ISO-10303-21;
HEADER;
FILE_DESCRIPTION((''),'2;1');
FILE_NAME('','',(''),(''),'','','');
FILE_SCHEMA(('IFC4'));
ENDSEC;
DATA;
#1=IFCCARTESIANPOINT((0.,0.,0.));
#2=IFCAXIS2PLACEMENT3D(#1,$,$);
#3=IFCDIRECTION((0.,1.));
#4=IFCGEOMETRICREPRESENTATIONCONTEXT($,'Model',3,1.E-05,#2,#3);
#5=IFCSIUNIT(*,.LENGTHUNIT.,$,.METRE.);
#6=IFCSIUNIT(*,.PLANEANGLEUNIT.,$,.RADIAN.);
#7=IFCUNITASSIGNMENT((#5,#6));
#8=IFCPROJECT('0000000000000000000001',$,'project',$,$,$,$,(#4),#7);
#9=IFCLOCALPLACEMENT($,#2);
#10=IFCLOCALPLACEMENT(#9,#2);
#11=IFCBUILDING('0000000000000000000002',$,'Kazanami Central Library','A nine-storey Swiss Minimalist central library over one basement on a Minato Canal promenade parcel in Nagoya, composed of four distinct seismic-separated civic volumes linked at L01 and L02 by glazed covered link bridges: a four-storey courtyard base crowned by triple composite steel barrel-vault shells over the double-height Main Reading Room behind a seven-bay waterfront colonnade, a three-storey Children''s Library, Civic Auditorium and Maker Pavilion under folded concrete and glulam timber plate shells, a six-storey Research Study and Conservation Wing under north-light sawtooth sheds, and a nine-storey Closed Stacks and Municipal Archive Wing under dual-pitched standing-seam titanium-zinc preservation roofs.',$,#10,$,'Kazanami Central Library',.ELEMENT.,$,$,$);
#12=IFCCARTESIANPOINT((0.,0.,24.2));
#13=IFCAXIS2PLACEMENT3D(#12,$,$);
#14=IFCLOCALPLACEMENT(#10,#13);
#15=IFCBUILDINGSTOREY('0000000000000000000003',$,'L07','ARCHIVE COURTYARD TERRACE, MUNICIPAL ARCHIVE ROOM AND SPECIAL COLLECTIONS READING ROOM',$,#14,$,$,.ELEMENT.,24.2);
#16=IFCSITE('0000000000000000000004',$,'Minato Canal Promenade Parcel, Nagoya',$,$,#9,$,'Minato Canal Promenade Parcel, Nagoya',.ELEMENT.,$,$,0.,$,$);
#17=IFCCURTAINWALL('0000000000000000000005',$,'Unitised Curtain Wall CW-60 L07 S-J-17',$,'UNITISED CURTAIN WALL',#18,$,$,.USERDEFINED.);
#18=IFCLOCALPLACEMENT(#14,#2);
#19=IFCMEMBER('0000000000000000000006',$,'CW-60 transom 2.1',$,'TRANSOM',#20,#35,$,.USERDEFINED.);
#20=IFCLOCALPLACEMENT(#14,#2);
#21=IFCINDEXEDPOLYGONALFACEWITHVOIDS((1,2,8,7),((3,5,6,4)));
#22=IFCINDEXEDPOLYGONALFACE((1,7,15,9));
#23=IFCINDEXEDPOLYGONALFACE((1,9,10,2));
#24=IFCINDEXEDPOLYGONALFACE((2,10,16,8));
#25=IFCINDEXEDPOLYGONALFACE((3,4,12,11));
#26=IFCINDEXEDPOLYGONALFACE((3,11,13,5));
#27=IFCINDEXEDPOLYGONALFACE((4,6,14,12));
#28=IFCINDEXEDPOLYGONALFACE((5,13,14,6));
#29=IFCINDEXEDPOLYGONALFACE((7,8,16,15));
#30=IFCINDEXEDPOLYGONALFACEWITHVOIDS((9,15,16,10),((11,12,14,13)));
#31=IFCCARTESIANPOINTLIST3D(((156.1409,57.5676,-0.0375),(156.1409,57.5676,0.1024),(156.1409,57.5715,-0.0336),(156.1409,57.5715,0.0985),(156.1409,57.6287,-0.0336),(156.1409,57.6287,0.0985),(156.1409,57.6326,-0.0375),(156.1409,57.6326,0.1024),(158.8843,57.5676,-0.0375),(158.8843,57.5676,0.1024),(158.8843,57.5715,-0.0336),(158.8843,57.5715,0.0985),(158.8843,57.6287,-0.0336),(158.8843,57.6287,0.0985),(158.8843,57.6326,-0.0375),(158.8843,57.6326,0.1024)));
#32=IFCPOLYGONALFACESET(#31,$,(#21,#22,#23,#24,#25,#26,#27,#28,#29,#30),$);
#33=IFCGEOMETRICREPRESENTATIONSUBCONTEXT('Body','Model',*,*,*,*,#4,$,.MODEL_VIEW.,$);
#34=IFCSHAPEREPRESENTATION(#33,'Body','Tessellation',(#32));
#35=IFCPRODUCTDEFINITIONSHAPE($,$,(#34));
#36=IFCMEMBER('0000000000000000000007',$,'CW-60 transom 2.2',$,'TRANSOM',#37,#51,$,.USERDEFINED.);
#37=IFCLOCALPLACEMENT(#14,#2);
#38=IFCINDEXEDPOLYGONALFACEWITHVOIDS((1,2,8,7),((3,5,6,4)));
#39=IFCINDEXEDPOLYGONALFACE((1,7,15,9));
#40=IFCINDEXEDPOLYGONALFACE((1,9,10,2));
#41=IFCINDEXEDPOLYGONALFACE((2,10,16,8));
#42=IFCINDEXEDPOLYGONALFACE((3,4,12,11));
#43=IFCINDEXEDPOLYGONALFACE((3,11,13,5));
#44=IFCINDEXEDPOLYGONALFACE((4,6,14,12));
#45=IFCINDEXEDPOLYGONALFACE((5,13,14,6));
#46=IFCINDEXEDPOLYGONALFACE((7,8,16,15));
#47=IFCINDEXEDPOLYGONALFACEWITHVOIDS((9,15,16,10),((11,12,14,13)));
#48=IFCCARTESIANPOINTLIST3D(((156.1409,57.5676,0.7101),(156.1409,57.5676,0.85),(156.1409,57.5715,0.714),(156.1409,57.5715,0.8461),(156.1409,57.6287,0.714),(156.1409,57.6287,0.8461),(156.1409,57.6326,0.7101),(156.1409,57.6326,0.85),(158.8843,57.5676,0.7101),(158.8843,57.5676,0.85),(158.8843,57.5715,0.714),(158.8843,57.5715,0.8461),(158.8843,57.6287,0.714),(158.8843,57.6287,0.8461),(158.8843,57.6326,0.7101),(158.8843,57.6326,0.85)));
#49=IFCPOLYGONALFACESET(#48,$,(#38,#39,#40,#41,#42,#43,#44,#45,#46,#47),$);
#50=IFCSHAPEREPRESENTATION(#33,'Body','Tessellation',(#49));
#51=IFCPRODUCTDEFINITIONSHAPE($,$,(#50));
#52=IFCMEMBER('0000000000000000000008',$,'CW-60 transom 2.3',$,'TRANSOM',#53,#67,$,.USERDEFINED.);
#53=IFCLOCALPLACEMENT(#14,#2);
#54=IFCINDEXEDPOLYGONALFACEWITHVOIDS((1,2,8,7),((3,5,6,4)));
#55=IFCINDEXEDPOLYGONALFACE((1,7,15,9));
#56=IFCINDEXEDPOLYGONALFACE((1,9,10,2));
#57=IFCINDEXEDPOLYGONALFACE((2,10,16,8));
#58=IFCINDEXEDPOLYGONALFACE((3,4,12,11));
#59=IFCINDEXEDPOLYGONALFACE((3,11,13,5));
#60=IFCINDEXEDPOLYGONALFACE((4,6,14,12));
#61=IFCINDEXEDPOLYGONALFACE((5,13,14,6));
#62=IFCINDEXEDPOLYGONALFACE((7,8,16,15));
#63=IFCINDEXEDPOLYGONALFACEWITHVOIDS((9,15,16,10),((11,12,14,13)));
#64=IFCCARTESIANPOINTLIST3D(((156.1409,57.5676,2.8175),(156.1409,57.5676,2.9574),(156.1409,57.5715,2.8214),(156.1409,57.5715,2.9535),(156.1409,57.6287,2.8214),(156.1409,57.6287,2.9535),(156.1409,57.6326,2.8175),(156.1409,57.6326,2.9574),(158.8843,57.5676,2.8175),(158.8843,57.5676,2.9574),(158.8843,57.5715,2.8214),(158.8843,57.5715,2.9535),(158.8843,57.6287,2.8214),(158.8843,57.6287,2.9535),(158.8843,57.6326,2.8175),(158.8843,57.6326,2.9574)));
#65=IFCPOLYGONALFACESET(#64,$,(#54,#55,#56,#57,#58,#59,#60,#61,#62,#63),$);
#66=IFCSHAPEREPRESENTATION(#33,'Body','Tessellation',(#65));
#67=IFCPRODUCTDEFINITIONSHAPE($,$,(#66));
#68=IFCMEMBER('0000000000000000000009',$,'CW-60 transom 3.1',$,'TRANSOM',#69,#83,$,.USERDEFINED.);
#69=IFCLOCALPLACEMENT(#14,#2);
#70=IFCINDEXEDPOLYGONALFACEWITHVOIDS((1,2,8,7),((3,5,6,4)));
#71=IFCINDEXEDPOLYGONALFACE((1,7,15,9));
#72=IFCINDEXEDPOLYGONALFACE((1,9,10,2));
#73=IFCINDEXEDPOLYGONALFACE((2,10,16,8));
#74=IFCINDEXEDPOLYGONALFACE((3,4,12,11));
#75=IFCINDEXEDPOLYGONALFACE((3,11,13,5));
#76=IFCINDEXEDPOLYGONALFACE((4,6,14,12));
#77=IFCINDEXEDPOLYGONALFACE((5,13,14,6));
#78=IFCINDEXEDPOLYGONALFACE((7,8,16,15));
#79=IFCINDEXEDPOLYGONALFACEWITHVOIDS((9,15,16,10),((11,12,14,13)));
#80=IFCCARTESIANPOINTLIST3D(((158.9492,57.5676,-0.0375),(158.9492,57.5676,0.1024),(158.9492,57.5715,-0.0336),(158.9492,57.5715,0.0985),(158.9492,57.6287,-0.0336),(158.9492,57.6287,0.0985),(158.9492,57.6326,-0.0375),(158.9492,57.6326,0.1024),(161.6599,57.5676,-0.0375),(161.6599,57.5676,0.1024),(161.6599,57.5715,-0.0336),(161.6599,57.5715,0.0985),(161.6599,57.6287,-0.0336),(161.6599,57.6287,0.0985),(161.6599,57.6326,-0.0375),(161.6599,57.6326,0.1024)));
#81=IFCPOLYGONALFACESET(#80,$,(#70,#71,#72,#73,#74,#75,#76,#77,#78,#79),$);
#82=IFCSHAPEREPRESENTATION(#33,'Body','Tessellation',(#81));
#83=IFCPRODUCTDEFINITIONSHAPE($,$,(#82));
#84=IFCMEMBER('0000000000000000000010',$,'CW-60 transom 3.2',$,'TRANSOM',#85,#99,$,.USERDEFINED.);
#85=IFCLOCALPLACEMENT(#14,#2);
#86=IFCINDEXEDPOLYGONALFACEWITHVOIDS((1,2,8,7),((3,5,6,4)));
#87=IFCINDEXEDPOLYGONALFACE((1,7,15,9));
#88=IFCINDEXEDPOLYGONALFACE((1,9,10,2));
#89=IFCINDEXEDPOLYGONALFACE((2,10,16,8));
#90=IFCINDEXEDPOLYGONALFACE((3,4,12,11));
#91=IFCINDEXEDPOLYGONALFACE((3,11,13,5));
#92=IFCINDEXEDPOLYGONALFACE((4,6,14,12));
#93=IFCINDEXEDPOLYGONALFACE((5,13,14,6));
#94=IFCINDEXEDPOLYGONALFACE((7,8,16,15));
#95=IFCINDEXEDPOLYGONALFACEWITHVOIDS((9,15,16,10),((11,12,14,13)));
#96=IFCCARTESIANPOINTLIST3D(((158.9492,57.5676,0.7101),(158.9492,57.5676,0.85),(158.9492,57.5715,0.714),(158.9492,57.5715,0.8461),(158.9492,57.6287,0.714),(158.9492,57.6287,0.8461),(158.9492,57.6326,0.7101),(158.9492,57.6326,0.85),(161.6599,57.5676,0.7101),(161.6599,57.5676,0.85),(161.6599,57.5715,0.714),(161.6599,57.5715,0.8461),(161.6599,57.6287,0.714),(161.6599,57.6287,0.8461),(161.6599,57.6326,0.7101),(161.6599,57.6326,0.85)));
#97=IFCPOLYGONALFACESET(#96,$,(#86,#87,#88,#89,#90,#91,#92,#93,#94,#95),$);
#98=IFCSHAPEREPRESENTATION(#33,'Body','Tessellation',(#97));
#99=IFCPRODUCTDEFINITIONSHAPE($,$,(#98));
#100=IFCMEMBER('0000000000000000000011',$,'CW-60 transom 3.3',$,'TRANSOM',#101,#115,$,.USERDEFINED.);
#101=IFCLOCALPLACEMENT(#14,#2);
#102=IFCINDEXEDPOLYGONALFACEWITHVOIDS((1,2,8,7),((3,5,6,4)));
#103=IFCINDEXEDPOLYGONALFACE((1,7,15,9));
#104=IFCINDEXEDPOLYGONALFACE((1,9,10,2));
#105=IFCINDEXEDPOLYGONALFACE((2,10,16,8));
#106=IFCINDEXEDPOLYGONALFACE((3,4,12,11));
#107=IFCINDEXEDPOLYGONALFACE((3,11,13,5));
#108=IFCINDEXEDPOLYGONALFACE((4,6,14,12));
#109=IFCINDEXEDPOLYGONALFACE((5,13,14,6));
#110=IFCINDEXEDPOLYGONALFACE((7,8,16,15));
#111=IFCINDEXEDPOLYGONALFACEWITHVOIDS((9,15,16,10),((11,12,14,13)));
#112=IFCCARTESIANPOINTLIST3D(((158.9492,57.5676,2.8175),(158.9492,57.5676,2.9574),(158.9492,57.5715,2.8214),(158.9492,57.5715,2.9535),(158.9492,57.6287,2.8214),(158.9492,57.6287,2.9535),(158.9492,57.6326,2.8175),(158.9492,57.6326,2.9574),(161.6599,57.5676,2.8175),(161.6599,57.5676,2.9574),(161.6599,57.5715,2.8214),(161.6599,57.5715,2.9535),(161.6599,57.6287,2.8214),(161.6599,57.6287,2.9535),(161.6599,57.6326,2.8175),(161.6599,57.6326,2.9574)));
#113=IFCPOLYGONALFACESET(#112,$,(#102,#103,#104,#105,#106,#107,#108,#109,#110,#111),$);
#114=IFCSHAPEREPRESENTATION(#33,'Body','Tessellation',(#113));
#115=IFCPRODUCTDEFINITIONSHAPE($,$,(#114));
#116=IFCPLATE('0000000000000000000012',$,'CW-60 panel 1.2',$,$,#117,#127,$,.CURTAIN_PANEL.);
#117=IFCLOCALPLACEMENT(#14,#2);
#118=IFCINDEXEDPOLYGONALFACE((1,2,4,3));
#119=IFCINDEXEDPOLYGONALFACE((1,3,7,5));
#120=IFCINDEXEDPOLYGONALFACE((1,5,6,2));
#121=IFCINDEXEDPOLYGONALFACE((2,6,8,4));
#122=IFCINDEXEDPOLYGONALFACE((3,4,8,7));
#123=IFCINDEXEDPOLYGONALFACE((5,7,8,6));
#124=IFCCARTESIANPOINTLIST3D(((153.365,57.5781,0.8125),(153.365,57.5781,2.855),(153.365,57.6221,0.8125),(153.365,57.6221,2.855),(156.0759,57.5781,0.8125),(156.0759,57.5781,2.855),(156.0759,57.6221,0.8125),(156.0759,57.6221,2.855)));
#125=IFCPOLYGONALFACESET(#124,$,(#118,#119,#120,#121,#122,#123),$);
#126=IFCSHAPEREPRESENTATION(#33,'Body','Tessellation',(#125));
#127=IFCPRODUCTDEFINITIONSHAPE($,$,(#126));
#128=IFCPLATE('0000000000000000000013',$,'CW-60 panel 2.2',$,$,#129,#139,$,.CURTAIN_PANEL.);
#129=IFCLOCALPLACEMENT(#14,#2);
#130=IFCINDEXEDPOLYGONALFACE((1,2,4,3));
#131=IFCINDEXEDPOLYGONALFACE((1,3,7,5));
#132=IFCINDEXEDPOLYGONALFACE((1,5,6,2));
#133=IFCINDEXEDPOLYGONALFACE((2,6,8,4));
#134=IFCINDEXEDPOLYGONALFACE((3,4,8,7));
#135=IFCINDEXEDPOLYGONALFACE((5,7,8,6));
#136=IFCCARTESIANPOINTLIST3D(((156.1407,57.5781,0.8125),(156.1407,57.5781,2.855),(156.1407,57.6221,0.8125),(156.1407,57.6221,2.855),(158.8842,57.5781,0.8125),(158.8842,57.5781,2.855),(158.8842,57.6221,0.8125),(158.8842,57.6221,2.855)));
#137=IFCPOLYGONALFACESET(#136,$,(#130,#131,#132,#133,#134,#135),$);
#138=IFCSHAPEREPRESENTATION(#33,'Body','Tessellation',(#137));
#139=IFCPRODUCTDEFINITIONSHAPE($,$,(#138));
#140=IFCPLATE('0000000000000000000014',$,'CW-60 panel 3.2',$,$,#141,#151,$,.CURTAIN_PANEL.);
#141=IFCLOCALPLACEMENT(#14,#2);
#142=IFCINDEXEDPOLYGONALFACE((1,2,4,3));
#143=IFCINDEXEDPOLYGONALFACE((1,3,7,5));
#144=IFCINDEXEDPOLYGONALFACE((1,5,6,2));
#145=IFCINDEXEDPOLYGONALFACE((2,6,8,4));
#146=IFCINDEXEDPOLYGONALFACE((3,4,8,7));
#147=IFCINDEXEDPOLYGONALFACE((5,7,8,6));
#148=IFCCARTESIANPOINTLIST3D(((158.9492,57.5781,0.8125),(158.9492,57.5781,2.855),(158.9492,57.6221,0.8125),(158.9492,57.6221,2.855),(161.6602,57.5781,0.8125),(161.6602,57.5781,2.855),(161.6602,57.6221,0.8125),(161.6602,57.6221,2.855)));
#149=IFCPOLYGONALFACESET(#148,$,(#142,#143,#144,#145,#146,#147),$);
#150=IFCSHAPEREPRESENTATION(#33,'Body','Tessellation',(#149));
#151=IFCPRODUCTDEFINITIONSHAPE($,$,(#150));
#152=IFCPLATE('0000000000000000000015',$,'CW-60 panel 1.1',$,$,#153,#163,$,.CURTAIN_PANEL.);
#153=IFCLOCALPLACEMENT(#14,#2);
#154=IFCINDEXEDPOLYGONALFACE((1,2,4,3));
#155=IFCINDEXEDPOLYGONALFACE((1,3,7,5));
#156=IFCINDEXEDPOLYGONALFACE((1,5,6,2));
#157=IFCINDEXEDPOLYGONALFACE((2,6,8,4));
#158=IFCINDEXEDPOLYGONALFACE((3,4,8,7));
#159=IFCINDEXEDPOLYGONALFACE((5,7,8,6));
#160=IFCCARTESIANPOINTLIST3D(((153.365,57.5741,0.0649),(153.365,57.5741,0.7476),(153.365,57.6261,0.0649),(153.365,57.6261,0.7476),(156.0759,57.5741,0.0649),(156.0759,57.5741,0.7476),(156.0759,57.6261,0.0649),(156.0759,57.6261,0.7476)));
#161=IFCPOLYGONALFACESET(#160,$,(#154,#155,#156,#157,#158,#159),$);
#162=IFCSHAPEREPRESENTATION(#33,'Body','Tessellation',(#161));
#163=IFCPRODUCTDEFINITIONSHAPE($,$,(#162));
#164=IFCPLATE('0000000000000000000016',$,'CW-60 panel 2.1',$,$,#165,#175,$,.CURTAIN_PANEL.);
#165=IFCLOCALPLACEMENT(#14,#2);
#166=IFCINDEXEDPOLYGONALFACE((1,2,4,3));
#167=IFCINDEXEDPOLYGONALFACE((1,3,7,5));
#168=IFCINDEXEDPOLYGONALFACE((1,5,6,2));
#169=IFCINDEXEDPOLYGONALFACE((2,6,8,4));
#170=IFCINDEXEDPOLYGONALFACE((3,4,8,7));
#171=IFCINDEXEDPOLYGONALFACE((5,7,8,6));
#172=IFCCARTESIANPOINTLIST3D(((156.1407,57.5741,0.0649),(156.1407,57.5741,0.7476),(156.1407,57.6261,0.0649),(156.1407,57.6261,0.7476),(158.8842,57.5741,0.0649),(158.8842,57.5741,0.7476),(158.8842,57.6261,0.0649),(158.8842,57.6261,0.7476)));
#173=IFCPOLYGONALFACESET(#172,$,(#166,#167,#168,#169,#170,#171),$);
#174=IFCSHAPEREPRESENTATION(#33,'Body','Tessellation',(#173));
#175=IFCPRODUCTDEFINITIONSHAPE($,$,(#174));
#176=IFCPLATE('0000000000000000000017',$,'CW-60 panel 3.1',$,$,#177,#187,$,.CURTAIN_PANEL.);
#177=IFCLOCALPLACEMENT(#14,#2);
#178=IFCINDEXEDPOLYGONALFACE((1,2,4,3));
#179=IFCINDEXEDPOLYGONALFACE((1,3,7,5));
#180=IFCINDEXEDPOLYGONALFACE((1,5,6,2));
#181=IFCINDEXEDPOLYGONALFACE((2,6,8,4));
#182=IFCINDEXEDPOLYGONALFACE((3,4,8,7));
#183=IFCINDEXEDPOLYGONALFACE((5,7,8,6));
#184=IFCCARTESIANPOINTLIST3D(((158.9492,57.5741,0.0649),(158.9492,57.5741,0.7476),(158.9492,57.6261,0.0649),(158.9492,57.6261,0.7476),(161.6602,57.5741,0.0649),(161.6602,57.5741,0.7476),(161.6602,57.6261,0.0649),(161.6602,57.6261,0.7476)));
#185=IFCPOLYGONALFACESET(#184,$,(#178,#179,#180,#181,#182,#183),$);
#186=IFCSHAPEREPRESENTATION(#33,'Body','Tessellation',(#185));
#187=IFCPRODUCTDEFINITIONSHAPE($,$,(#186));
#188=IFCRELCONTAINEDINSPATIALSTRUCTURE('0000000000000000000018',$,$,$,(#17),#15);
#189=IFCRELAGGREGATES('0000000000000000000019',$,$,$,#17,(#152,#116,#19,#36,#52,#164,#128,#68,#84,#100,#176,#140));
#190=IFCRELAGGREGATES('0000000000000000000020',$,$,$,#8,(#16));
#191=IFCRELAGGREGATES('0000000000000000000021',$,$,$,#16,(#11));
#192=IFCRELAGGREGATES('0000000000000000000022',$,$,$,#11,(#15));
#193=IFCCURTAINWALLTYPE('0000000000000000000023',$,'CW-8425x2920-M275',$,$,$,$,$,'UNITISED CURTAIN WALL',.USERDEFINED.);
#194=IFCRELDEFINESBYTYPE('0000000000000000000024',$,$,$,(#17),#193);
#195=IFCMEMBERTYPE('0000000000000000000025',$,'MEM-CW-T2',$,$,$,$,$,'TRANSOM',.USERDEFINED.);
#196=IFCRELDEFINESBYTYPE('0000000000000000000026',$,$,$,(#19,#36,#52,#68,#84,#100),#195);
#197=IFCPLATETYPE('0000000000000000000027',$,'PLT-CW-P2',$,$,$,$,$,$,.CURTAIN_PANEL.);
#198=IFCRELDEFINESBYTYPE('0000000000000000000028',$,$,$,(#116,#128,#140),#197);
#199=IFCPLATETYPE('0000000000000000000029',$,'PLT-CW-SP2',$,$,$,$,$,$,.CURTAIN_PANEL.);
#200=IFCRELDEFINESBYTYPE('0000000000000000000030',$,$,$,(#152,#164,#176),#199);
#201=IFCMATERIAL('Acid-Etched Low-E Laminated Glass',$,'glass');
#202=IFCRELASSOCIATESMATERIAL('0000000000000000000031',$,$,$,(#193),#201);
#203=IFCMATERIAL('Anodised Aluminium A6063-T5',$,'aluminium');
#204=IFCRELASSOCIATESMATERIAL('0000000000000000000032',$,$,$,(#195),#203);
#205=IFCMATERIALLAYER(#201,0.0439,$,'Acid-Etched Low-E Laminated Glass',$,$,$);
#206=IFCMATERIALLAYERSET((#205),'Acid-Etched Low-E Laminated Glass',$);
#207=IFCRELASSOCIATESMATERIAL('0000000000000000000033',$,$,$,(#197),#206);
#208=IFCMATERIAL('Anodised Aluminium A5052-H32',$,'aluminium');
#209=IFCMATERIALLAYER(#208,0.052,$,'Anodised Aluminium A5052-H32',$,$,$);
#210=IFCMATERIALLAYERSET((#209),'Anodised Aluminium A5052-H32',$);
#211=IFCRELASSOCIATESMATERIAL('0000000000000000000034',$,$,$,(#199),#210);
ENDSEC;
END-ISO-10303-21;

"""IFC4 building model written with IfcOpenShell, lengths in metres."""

from ifc_helpers import new_model, si_unit, direction, frame, origin, origin_2d, place, context, subcontext, project, spatial, rectangle, hollow_rectangle, extrude, material, layer, layer_set, material_profile, profile_set, type_object, element, aggregate, save


model = new_model("IFC4")

# Units and contexts
model_context = context("Model", 3, precision=1e-05, world=origin(), true_north=direction((0.0, 1.0)))
body_context = subcontext(model_context, "Body", "Model", "MODEL_VIEW")
ifc_project = project(units=[si_unit("LENGTHUNIT", "METRE"), si_unit("PLANEANGLEUNIT", "RADIAN")], contexts=[model_context])

# Site, building, storey
site_placement = place(None, origin())
site = spatial("IfcSite", under=ifc_project, at=site_placement, Name="Minato Canal Promenade Parcel, Nagoya", LongName="Minato Canal Promenade Parcel, Nagoya", CompositionType="ELEMENT", RefElevation=0.0)
building_placement = place(site_placement, origin())
building = spatial("IfcBuilding", under=site, at=building_placement, Name="Kazanami Central Library", Description="A nine-storey Swiss Minimalist central library over one basement on a Minato Canal promenade parcel in Nagoya, composed of four distinct seismic-separated civic volumes linked at L01 and L02 by glazed covered link bridges: a four-storey courtyard base crowned by triple composite steel barrel-vault shells over the double-height Main Reading Room behind a seven-bay waterfront colonnade, a three-storey Children's Library, Civic Auditorium and Maker Pavilion under folded concrete and glulam timber plate shells, a six-storey Research Study and Conservation Wing under north-light sawtooth sheds, and a nine-storey Closed Stacks and Municipal Archive Wing under dual-pitched standing-seam titanium-zinc preservation roofs.", LongName="Kazanami Central Library", CompositionType="ELEMENT")
storey_placement = place(building_placement, frame((0.0, 0.0, 24.2)))
storey = spatial("IfcBuildingStorey", under=building, at=storey_placement, Name="L07", Description="ARCHIVE COURTYARD TERRACE, MUNICIPAL ARCHIVE ROOM AND SPECIAL COLLECTIONS READING ROOM", CompositionType="ELEMENT", Elevation=24.2)

# Curtain wall, members, plates
ifc_material_1 = material(Name="Acid-Etched Low-E Laminated Glass", Category="glass")
curtain_wall_type = type_object("IfcCurtainWallType", Name="CW-8425x2920-M275", ElementType="UNITISED CURTAIN WALL", PredefinedType="USERDEFINED", material=ifc_material_1)
curtain_wall_placement = place(storey_placement, origin())
curtain_wall = element("IfcCurtainWall", 1, at=curtain_wall_placement, inside=storey, type_object=curtain_wall_type, Name="Unitised Curtain Wall CW-60 L07 S-J-17", ObjectType="UNITISED CURTAIN WALL", PredefinedType="USERDEFINED")
ifc_material_2 = material(Name="Anodised Aluminium A6063-T5", Category="aluminium")
ifc_material_profile_1 = material_profile(ifc_material_2, hollow_rectangle(XDim=0.0649, YDim=0.1399, WallThickness=0.0039, at=origin_2d()), Name="ALU-TRAN-65x140x4")
ifc_profile_set_1 = profile_set([ifc_material_profile_1], Name="Anodised Aluminium A6063-T5")
member_type_1 = type_object("IfcMemberType", Name="MEM-CW-T2", ElementType="TRANSOM", PredefinedType="USERDEFINED", material=ifc_profile_set_1)
member_1_placement = place(storey_placement, frame((156.1409, 57.6001, 0.0325), z_axis=(1.0, 0.0, 0.0), x_axis=(0.0, 1.0, 0.0)))
member_1 = element("IfcMember", 2, at=member_1_placement, type_object=member_type_1, Name="CW-60 transom 2.1", ObjectType="TRANSOM", PredefinedType="USERDEFINED", context=body_context, shape_type="SweptSolid", body=[
    extrude(hollow_rectangle(XDim=0.0649, YDim=0.1399, WallThickness=0.0039, at=origin_2d()), origin(), (0.0, 0.0, 1.0), 2.7434),
])
member_2_placement = place(storey_placement, frame((156.1409, 57.6001, 0.78), z_axis=(1.0, 0.0, 0.0), x_axis=(0.0, 1.0, 0.0)))
member_2 = element("IfcMember", 3, at=member_2_placement, type_object=member_type_1, Name="CW-60 transom 2.2", ObjectType="TRANSOM", PredefinedType="USERDEFINED", context=body_context, shape_type="SweptSolid", body=[
    extrude(hollow_rectangle(XDim=0.0649, YDim=0.1399, WallThickness=0.0039, at=origin_2d()), origin(), (0.0, 0.0, 1.0), 2.7434),
])
member_3_placement = place(storey_placement, frame((156.1409, 57.6001, 2.8875), z_axis=(1.0, 0.0, 0.0), x_axis=(0.0, 1.0, 0.0)))
member_3 = element("IfcMember", 4, at=member_3_placement, type_object=member_type_1, Name="CW-60 transom 2.3", ObjectType="TRANSOM", PredefinedType="USERDEFINED", context=body_context, shape_type="SweptSolid", body=[
    extrude(hollow_rectangle(XDim=0.0649, YDim=0.1399, WallThickness=0.0039, at=origin_2d()), origin(), (0.0, 0.0, 1.0), 2.7434),
])
member_4_placement = place(storey_placement, frame((158.9492, 57.6001, 0.0325), z_axis=(1.0, 0.0, 0.0), x_axis=(0.0, 1.0, 0.0)))
member_4 = element("IfcMember", 5, at=member_4_placement, type_object=member_type_1, Name="CW-60 transom 3.1", ObjectType="TRANSOM", PredefinedType="USERDEFINED", context=body_context, shape_type="SweptSolid", body=[
    extrude(hollow_rectangle(XDim=0.0649, YDim=0.1399, WallThickness=0.0039, at=origin_2d()), origin(), (0.0, 0.0, 1.0), 2.7107),
])
member_5_placement = place(storey_placement, frame((158.9492, 57.6001, 0.78), z_axis=(1.0, 0.0, 0.0), x_axis=(0.0, 1.0, 0.0)))
member_5 = element("IfcMember", 6, at=member_5_placement, type_object=member_type_1, Name="CW-60 transom 3.2", ObjectType="TRANSOM", PredefinedType="USERDEFINED", context=body_context, shape_type="SweptSolid", body=[
    extrude(hollow_rectangle(XDim=0.0649, YDim=0.1399, WallThickness=0.0039, at=origin_2d()), origin(), (0.0, 0.0, 1.0), 2.7107),
])
member_6_placement = place(storey_placement, frame((158.9492, 57.6001, 2.8875), z_axis=(1.0, 0.0, 0.0), x_axis=(0.0, 1.0, 0.0)))
member_6 = element("IfcMember", 7, at=member_6_placement, type_object=member_type_1, Name="CW-60 transom 3.3", ObjectType="TRANSOM", PredefinedType="USERDEFINED", context=body_context, shape_type="SweptSolid", body=[
    extrude(hollow_rectangle(XDim=0.0649, YDim=0.1399, WallThickness=0.0039, at=origin_2d()), origin(), (0.0, 0.0, 1.0), 2.7107),
])
ifc_layer_1 = layer(ifc_material_1, 0.0439, Name="Acid-Etched Low-E Laminated Glass")
ifc_layer_set_1 = layer_set([ifc_layer_1], Name="Acid-Etched Low-E Laminated Glass")
plate_type_1 = type_object("IfcPlateType", Name="PLT-CW-P2", PredefinedType="CURTAIN_PANEL", material=ifc_layer_set_1)
plate_1_placement = place(storey_placement, frame((154.7205, 57.6001, 0.8125), z_axis=(0.0, 0.0, 1.0), x_axis=(1.0, 0.0, 0.0)))
plate_1 = element("IfcPlate", 8, at=plate_1_placement, type_object=plate_type_1, Name="CW-60 panel 1.2", PredefinedType="CURTAIN_PANEL", context=body_context, shape_type="SweptSolid", body=[
    extrude(rectangle(XDim=2.7109, YDim=0.0439, at=origin_2d()), origin(), (0.0, 0.0, 1.0), 2.0425),
])
plate_2_placement = place(storey_placement, frame((157.5125, 57.6001, 0.8125), z_axis=(0.0, 0.0, 1.0), x_axis=(1.0, 0.0, 0.0)))
plate_2 = element("IfcPlate", 9, at=plate_2_placement, type_object=plate_type_1, Name="CW-60 panel 2.2", PredefinedType="CURTAIN_PANEL", context=body_context, shape_type="SweptSolid", body=[
    extrude(rectangle(XDim=2.7434, YDim=0.0439, at=origin_2d()), origin(), (0.0, 0.0, 1.0), 2.0425),
])
plate_3_placement = place(storey_placement, frame((160.3047, 57.6001, 0.8125), z_axis=(0.0, 0.0, 1.0), x_axis=(1.0, 0.0, 0.0)))
plate_3 = element("IfcPlate", 10, at=plate_3_placement, type_object=plate_type_1, Name="CW-60 panel 3.2", PredefinedType="CURTAIN_PANEL", context=body_context, shape_type="SweptSolid", body=[
    extrude(rectangle(XDim=2.7109, YDim=0.0439, at=origin_2d()), origin(), (0.0, 0.0, 1.0), 2.0425),
])
ifc_material_3 = material(Name="Anodised Aluminium A5052-H32", Category="aluminium")
ifc_layer_2 = layer(ifc_material_3, 0.052, Name="Anodised Aluminium A5052-H32")
ifc_layer_set_2 = layer_set([ifc_layer_2], Name="Anodised Aluminium A5052-H32")
plate_type_2 = type_object("IfcPlateType", Name="PLT-CW-SP2", PredefinedType="CURTAIN_PANEL", material=ifc_layer_set_2)
plate_4_placement = place(storey_placement, frame((154.7205, 57.6001, 0.0649), z_axis=(0.0, 0.0, 1.0), x_axis=(1.0, 0.0, 0.0)))
plate_4 = element("IfcPlate", 11, at=plate_4_placement, type_object=plate_type_2, Name="CW-60 panel 1.1", PredefinedType="CURTAIN_PANEL", context=body_context, shape_type="SweptSolid", body=[
    extrude(rectangle(XDim=2.7109, YDim=0.052, at=origin_2d()), origin(), (0.0, 0.0, 1.0), 0.6826),
])
plate_5_placement = place(storey_placement, frame((157.5125, 57.6001, 0.0649), z_axis=(0.0, 0.0, 1.0), x_axis=(1.0, 0.0, 0.0)))
plate_5 = element("IfcPlate", 12, at=plate_5_placement, type_object=plate_type_2, Name="CW-60 panel 2.1", PredefinedType="CURTAIN_PANEL", context=body_context, shape_type="SweptSolid", body=[
    extrude(rectangle(XDim=2.7434, YDim=0.052, at=origin_2d()), origin(), (0.0, 0.0, 1.0), 0.6826),
])
plate_6_placement = place(storey_placement, frame((160.3047, 57.6001, 0.0649), z_axis=(0.0, 0.0, 1.0), x_axis=(1.0, 0.0, 0.0)))
plate_6 = element("IfcPlate", 13, at=plate_6_placement, type_object=plate_type_2, Name="CW-60 panel 3.1", PredefinedType="CURTAIN_PANEL", context=body_context, shape_type="SweptSolid", body=[
    extrude(rectangle(XDim=2.7109, YDim=0.052, at=origin_2d()), origin(), (0.0, 0.0, 1.0), 0.6826),
])
aggregate(curtain_wall, [plate_4, plate_1, member_1, member_2, member_3, plate_5, plate_2, member_4, member_5, member_6, plate_6, plate_3])

save(model, "model.ifc")
